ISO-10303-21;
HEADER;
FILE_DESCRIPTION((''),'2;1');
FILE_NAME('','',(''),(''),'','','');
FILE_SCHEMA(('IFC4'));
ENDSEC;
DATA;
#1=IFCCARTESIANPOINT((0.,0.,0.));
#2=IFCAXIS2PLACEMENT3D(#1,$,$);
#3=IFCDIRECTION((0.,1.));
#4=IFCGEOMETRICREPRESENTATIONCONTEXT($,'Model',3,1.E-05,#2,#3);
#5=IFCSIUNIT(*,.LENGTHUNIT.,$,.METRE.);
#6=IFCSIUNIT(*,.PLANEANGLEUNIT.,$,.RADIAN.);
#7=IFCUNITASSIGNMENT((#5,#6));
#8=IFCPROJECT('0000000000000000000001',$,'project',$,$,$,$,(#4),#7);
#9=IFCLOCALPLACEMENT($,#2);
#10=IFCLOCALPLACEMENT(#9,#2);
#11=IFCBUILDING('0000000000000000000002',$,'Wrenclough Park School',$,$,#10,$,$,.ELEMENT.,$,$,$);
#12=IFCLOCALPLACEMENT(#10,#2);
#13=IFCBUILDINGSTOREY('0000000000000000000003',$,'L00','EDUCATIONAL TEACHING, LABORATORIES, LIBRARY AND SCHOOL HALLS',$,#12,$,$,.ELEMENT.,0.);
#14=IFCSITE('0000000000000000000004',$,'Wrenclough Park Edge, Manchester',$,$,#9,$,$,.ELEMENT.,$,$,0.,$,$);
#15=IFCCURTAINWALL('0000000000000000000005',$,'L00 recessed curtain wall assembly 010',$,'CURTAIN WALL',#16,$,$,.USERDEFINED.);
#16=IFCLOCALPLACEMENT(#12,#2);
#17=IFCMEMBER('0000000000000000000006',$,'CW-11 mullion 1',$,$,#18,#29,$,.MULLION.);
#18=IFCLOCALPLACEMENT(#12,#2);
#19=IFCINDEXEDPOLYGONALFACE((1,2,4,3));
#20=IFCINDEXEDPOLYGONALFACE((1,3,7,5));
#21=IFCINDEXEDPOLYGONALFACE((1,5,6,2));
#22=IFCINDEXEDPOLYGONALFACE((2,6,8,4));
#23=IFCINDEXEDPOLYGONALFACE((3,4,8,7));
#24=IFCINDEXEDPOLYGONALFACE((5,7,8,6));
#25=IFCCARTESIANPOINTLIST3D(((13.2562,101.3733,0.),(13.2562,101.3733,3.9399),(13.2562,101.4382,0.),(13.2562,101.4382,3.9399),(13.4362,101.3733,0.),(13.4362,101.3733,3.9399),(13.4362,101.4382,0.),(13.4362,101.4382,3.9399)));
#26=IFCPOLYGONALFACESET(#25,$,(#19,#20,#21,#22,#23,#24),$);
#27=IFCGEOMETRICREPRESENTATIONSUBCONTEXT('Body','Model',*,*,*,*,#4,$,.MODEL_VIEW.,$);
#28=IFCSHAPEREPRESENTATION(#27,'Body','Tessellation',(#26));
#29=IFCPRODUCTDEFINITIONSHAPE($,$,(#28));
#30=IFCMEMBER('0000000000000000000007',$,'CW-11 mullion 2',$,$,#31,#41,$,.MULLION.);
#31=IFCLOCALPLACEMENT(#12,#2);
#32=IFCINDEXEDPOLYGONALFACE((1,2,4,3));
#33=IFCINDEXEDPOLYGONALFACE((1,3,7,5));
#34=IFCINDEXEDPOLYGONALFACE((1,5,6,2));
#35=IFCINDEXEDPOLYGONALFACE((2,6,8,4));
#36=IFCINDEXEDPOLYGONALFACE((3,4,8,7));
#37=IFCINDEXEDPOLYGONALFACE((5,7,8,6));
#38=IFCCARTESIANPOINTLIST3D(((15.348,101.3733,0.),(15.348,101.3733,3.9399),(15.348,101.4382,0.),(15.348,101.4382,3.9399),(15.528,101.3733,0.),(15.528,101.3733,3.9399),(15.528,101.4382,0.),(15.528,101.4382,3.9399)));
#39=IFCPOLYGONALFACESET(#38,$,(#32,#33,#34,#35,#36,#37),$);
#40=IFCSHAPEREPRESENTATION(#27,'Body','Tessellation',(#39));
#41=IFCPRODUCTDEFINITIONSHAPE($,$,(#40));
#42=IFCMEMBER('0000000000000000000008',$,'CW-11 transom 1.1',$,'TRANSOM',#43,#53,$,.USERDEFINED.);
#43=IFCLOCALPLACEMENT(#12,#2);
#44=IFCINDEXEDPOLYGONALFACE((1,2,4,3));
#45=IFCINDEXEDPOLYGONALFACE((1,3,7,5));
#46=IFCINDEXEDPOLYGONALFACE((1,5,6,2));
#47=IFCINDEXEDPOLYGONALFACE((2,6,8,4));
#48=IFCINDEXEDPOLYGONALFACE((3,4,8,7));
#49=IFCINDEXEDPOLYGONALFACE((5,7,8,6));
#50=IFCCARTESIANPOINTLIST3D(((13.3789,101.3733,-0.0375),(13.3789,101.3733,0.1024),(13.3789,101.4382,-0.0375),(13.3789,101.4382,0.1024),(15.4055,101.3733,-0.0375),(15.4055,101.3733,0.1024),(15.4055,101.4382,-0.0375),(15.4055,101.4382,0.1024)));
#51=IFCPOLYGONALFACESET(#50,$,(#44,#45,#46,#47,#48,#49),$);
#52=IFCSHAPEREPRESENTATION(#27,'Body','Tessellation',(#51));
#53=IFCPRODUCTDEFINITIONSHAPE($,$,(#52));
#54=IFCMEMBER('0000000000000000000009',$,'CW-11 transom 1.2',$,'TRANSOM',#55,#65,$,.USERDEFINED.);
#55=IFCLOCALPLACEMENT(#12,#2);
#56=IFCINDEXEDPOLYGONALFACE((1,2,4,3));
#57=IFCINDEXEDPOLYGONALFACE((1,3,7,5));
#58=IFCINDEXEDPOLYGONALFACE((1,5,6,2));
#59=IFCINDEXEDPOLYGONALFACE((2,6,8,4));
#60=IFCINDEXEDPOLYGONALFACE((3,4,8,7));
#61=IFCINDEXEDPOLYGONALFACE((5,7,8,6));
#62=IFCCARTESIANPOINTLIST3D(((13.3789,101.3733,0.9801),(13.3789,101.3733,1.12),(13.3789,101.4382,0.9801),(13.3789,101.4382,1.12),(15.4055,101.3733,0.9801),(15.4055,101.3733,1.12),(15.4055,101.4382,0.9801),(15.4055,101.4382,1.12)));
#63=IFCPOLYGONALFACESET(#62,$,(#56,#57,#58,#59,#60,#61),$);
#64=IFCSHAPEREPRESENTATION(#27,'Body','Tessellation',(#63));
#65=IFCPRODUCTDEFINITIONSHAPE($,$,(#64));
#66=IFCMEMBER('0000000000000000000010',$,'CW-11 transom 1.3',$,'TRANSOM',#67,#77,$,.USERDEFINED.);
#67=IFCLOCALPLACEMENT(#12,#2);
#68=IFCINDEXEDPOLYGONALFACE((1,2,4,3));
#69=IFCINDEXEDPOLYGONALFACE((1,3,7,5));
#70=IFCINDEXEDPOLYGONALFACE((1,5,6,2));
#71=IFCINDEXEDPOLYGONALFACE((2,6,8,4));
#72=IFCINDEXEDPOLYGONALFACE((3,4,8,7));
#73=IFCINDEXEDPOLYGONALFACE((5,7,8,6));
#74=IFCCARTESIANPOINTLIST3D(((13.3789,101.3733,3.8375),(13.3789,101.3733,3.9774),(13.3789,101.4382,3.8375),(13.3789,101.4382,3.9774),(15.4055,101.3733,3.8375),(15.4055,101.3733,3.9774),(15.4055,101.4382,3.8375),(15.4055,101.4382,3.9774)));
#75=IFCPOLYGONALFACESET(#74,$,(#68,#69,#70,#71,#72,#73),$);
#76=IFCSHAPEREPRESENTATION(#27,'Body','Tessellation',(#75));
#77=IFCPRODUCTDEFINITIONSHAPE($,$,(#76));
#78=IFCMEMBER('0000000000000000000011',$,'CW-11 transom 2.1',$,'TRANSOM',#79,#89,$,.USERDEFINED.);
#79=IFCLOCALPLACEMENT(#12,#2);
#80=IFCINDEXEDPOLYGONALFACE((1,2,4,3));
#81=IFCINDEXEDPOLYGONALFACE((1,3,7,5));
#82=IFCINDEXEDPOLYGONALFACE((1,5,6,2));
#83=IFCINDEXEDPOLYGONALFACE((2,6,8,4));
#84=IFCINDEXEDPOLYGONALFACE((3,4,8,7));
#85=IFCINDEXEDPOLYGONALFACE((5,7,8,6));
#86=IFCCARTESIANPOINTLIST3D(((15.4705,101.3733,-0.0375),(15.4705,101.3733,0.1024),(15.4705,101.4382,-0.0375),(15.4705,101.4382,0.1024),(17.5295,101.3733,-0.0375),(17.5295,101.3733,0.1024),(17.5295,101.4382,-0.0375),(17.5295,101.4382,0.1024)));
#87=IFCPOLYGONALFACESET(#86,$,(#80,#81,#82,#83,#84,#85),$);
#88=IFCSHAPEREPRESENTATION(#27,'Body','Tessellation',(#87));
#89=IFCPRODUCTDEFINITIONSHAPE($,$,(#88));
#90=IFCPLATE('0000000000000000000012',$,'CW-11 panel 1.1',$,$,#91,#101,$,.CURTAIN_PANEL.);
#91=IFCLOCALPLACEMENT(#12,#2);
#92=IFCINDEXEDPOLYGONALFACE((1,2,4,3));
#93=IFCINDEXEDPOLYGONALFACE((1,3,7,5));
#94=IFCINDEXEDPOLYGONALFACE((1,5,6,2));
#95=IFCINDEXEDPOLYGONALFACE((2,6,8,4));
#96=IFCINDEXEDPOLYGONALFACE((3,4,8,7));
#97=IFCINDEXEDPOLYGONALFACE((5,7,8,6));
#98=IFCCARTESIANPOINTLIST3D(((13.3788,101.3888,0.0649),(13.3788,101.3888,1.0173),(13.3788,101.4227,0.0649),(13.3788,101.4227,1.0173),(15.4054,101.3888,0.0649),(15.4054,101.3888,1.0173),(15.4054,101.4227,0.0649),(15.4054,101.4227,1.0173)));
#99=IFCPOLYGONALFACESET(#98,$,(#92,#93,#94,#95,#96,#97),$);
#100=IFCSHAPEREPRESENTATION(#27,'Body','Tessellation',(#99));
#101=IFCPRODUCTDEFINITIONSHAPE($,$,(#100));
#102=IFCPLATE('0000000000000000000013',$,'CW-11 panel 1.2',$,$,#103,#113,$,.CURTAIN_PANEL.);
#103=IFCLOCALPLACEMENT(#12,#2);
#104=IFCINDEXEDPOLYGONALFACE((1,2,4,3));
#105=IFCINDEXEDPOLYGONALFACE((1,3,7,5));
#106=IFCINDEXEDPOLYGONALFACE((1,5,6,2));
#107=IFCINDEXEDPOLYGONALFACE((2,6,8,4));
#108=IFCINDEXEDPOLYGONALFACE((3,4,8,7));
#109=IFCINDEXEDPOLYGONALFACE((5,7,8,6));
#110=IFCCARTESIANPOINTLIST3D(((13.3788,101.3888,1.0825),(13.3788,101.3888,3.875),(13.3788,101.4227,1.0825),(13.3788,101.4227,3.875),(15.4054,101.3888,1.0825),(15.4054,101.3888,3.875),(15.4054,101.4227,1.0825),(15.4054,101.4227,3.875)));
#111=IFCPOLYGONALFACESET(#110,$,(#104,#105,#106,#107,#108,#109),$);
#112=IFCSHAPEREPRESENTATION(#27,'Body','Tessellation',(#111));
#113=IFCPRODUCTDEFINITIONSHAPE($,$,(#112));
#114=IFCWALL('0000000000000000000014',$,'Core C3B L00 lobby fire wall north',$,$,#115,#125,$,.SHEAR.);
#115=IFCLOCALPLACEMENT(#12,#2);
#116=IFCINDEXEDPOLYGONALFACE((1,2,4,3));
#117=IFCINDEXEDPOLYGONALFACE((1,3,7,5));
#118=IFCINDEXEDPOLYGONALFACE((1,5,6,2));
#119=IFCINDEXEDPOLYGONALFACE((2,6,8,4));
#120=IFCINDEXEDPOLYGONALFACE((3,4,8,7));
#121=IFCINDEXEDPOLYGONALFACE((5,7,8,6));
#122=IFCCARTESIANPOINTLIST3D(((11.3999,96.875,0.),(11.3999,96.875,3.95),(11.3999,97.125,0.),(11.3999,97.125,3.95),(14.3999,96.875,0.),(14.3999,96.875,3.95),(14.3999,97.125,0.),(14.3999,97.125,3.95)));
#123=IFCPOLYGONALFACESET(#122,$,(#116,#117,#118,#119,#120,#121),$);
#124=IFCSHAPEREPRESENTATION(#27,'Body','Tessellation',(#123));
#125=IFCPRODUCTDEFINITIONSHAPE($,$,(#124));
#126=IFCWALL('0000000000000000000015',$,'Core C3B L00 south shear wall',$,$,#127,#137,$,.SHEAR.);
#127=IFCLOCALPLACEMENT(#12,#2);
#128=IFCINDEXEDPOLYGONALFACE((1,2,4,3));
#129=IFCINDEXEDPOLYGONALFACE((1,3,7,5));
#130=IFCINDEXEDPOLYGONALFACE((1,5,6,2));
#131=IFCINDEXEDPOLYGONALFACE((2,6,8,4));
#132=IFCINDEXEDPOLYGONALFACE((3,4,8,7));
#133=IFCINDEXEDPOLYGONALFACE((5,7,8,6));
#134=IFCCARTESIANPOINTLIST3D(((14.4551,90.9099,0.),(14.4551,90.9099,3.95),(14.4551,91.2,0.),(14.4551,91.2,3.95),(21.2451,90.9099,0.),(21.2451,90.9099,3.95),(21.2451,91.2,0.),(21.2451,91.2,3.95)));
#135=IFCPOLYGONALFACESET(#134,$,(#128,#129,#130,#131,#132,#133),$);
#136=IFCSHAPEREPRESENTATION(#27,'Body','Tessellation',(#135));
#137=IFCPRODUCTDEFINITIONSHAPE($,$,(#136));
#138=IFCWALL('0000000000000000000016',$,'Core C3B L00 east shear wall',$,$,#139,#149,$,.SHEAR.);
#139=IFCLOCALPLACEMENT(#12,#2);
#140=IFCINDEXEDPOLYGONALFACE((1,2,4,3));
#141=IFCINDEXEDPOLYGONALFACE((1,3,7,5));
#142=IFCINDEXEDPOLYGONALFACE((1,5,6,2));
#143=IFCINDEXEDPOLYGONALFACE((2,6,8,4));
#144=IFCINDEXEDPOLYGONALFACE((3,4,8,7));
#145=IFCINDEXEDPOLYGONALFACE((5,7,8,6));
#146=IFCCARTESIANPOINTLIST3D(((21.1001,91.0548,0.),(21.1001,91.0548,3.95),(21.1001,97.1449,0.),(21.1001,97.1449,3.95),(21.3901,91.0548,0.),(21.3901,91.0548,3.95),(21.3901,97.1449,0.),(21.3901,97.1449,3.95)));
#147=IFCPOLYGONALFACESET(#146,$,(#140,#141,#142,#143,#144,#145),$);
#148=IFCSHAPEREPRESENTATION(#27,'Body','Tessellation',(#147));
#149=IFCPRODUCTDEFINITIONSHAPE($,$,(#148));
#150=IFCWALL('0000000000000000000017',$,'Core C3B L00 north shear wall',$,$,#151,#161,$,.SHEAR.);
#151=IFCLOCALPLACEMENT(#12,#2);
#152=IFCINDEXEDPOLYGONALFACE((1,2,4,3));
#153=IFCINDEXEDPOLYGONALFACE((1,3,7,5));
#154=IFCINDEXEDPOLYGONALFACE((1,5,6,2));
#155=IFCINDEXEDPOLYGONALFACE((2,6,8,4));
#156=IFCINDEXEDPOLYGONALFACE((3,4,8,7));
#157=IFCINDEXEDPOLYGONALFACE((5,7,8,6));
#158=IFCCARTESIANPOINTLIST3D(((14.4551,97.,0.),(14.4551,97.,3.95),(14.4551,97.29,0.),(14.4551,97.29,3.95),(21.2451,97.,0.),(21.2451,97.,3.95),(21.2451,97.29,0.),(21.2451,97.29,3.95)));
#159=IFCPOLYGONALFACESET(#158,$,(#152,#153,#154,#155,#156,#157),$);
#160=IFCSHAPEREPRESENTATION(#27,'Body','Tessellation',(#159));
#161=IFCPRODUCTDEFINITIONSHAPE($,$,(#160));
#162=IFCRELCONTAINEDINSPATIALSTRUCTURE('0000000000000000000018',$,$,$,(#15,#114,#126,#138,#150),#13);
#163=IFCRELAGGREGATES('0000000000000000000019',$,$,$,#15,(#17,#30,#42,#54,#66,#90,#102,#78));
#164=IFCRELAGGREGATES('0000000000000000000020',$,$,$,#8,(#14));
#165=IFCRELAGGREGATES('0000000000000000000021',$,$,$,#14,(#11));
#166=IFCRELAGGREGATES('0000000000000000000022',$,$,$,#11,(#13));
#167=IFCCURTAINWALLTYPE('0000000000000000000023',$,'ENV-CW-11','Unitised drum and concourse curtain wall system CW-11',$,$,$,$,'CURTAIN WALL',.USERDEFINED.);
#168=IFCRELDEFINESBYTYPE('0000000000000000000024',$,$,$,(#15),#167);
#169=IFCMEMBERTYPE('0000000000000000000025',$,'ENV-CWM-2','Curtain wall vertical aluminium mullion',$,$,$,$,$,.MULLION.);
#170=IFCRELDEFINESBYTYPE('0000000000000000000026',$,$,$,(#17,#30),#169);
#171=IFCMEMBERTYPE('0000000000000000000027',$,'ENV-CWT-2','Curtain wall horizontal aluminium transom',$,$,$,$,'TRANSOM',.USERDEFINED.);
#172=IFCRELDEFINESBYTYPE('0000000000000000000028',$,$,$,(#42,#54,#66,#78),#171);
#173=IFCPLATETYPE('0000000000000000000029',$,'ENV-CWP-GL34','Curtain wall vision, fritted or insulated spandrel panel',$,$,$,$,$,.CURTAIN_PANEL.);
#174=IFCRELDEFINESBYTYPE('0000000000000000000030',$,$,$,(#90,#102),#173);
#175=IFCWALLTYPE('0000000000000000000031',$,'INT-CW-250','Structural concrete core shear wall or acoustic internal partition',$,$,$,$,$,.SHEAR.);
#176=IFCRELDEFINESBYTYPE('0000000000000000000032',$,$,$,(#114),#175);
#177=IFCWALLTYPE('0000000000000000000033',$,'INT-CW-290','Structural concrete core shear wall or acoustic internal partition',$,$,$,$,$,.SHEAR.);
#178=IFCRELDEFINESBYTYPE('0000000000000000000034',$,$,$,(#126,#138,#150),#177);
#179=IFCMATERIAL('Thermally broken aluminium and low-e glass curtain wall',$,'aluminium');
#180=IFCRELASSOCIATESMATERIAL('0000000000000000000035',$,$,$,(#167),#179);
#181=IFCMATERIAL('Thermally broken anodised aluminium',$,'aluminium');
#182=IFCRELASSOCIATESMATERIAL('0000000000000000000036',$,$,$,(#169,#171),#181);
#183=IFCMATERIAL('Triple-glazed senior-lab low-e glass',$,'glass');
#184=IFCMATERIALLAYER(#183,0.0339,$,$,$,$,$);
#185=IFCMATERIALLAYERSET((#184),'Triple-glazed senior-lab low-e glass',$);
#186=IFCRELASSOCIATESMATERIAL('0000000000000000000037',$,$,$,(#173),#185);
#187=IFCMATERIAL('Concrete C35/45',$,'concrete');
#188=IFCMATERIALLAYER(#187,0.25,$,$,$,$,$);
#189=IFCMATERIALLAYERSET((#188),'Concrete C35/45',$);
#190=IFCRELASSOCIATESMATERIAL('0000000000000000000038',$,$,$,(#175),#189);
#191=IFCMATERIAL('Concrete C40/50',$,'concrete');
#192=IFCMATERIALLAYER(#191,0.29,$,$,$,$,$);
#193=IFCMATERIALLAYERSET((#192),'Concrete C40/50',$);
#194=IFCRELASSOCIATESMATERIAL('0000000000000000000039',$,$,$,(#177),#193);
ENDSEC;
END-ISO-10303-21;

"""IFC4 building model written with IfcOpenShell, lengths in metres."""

from ifc_helpers import new_model, si_unit, direction, frame, frame_2d, origin, origin_2d, place, context, subcontext, project, spatial, rectangle, extrude, material, layer, layer_set, material_profile, profile_set, type_object, element, aggregate, save


model = new_model("IFC4")

# Units and contexts
model_context = context("Model", 3, precision=1e-05, world=origin(), true_north=direction((0.0, 1.0)))
body_context = subcontext(model_context, "Body", "Model", "MODEL_VIEW")
ifc_project = project(units=[si_unit("LENGTHUNIT", "METRE"), si_unit("PLANEANGLEUNIT", "RADIAN")], contexts=[model_context])

# Site, building, storey
site_placement = place(None, origin())
site = spatial("IfcSite", under=ifc_project, at=site_placement, Name="Wrenclough Park Edge, Manchester", CompositionType="ELEMENT", RefElevation=0.0)
building_placement = place(site_placement, origin())
building = spatial("IfcBuilding", under=site, at=building_placement, Name="Wrenclough Park School", CompositionType="ELEMENT")
storey_placement = place(building_placement, origin())
storey = spatial("IfcBuildingStorey", under=building, at=storey_placement, Name="L00", Description="EDUCATIONAL TEACHING, LABORATORIES, LIBRARY AND SCHOOL HALLS", CompositionType="ELEMENT", Elevation=0.0)

# Shared definitions
ifc_material_1 = material(Name="Concrete C40/50", Category="concrete")

# Shared definitions
ifc_material_2 = material(Name="Concrete C35/45", Category="concrete")

# Shared definitions
ifc_material_3 = material(Name="Thermally broken aluminium and low-e glass curtain wall", Category="aluminium")
ifc_material_4 = material(Name="Thermally broken anodised aluminium", Category="aluminium")

# Curtain wall, members, plates
curtain_wall_type_1 = type_object("IfcCurtainWallType", Name="ENV-CW-11", Description="Unitised drum and concourse curtain wall system CW-11", ElementType="CURTAIN WALL", PredefinedType="USERDEFINED", material=ifc_material_3)
curtain_wall_1_placement = place(storey_placement, origin())
curtain_wall_1 = element("IfcCurtainWall", 1, at=curtain_wall_1_placement, inside=storey, type_object=curtain_wall_type_1, Name="L00 recessed curtain wall assembly 010", ObjectType="CURTAIN WALL", PredefinedType="USERDEFINED")
ifc_material_profile_1 = material_profile(ifc_material_4, rectangle(XDim=0.0649, YDim=0.1799, at=origin_2d()), Name="AL MULLION 65x180")
ifc_profile_set_1 = profile_set([ifc_material_profile_1], Name="Thermally broken anodised aluminium")
member_type_1 = type_object("IfcMemberType", Name="ENV-CWM-2", Description="Curtain wall vertical aluminium mullion", PredefinedType="MULLION", material=ifc_profile_set_1)
member_1_placement = place(storey_placement, frame((13.3462, 101.4058, 0.0), z_axis=(0.0, 0.0, 1.0), x_axis=(0.0, 1.0, 0.0)))
member_1 = element("IfcMember", 2, at=member_1_placement, type_object=member_type_1, Name="CW-11 mullion 1", PredefinedType="MULLION", context=body_context, shape_type="SweptSolid", body=[
    extrude(rectangle(XDim=0.0649, YDim=0.1799, at=origin_2d()), origin(), (0.0, 0.0, 1.0), 3.9399),
])
member_2_placement = place(storey_placement, frame((15.438, 101.4058, 0.0), z_axis=(0.0, 0.0, 1.0), x_axis=(0.0, 1.0, 0.0)))
member_2 = element("IfcMember", 3, at=member_2_placement, type_object=member_type_1, Name="CW-11 mullion 2", PredefinedType="MULLION", context=body_context, shape_type="SweptSolid", body=[
    extrude(rectangle(XDim=0.0649, YDim=0.1799, at=origin_2d()), origin(), (0.0, 0.0, 1.0), 3.9399),
])
ifc_material_profile_2 = material_profile(ifc_material_4, rectangle(XDim=0.0649, YDim=0.1399, at=origin_2d()), Name="AL TRANSOM 65x140")
ifc_profile_set_2 = profile_set([ifc_material_profile_2], Name="Thermally broken anodised aluminium")
member_type_2 = type_object("IfcMemberType", Name="ENV-CWT-2", Description="Curtain wall horizontal aluminium transom", ElementType="TRANSOM", PredefinedType="USERDEFINED", material=ifc_profile_set_2)
member_3_placement = place(storey_placement, frame((13.3789, 101.4058, 0.0325), z_axis=(1.0, 0.0, 0.0), x_axis=(0.0, 1.0, 0.0)))
member_3 = element("IfcMember", 4, at=member_3_placement, type_object=member_type_2, Name="CW-11 transom 1.1", ObjectType="TRANSOM", PredefinedType="USERDEFINED", context=body_context, shape_type="SweptSolid", body=[
    extrude(rectangle(XDim=0.0649, YDim=0.1399, at=origin_2d()), origin(), (0.0, 0.0, 1.0), 2.0266),
])
member_4_placement = place(storey_placement, frame((13.3789, 101.4058, 1.05), z_axis=(1.0, 0.0, 0.0), x_axis=(0.0, 1.0, 0.0)))
member_4 = element("IfcMember", 5, at=member_4_placement, type_object=member_type_2, Name="CW-11 transom 1.2", ObjectType="TRANSOM", PredefinedType="USERDEFINED", context=body_context, shape_type="SweptSolid", body=[
    extrude(rectangle(XDim=0.0649, YDim=0.1399, at=origin_2d()), origin(), (0.0, 0.0, 1.0), 2.0266),
])
member_5_placement = place(storey_placement, frame((13.3789, 101.4058, 3.9075), z_axis=(1.0, 0.0, 0.0), x_axis=(0.0, 1.0, 0.0)))
member_5 = element("IfcMember", 6, at=member_5_placement, type_object=member_type_2, Name="CW-11 transom 1.3", ObjectType="TRANSOM", PredefinedType="USERDEFINED", context=body_context, shape_type="SweptSolid", body=[
    extrude(rectangle(XDim=0.0649, YDim=0.1399, at=origin_2d()), origin(), (0.0, 0.0, 1.0), 2.0266),
])
member_6_placement = place(storey_placement, frame((15.4705, 101.4058, 0.0325), z_axis=(1.0, 0.0, 0.0), x_axis=(0.0, 1.0, 0.0)))
member_6 = element("IfcMember", 7, at=member_6_placement, type_object=member_type_2, Name="CW-11 transom 2.1", ObjectType="TRANSOM", PredefinedType="USERDEFINED", context=body_context, shape_type="SweptSolid", body=[
    extrude(rectangle(XDim=0.0649, YDim=0.1399, at=origin_2d()), origin(), (0.0, 0.0, 1.0), 2.0591),
])
ifc_material_5 = material(Name="Triple-glazed senior-lab low-e glass", Category="glass")
ifc_layer_1 = layer(ifc_material_5, 0.0339)
ifc_layer_set_1 = layer_set([ifc_layer_1], Name="Triple-glazed senior-lab low-e glass")
plate_type = type_object("IfcPlateType", Name="ENV-CWP-GL34", Description="Curtain wall vision, fritted or insulated spandrel panel", PredefinedType="CURTAIN_PANEL", material=ifc_layer_set_1)
plate_1_placement = place(storey_placement, frame((14.3921, 101.4058, 0.0649), z_axis=(0.0, 0.0, 1.0), x_axis=(1.0, 0.0, 0.0)))
plate_1 = element("IfcPlate", 8, at=plate_1_placement, type_object=plate_type, Name="CW-11 panel 1.1", PredefinedType="CURTAIN_PANEL", context=body_context, shape_type="SweptSolid", body=[
    extrude(rectangle(XDim=2.0266, YDim=0.0339, at=origin_2d()), origin(), (0.0, 0.0, 1.0), 0.9524),
])
plate_2_placement = place(storey_placement, frame((14.3921, 101.4058, 1.0825), z_axis=(0.0, 0.0, 1.0), x_axis=(1.0, 0.0, 0.0)))
plate_2 = element("IfcPlate", 9, at=plate_2_placement, type_object=plate_type, Name="CW-11 panel 1.2", PredefinedType="CURTAIN_PANEL", context=body_context, shape_type="SweptSolid", body=[
    extrude(rectangle(XDim=2.0266, YDim=0.0339, at=origin_2d()), origin(), (0.0, 0.0, 1.0), 2.7925),
])
aggregate(curtain_wall_1, [member_1, member_2, member_3, member_4, member_5, plate_1, plate_2, member_6])

# Walls
ifc_layer_2 = layer(ifc_material_2, 0.25)
ifc_layer_set_2 = layer_set([ifc_layer_2], Name="Concrete C35/45")
wall_type_1 = type_object("IfcWallType", Name="INT-CW-250", Description="Structural concrete core shear wall or acoustic internal partition", PredefinedType="SHEAR", material=ifc_layer_set_2)
wall_1_placement = place(storey_placement, frame((14.3999, 97.0, 0.0), z_axis=(0.0, 0.0, 1.0), x_axis=(-1.0, 0.0, 0.0)))
element("IfcWall", 10, at=wall_1_placement, inside=storey, type_object=wall_type_1, Name="Core C3B L00 lobby fire wall north", PredefinedType="SHEAR", context=body_context, shape_type="SweptSolid", body=[
    extrude(rectangle(XDim=3.0, YDim=0.25, at=frame_2d((1.5, 0.0))), origin(), (0.0, 0.0, 1.0), 3.95),
])
ifc_layer_3 = layer(ifc_material_1, 0.29)
ifc_layer_set_3 = layer_set([ifc_layer_3], Name="Concrete C40/50")
wall_type_2 = type_object("IfcWallType", Name="INT-CW-290", Description="Structural concrete core shear wall or acoustic internal partition", PredefinedType="SHEAR", material=ifc_layer_set_3)
wall_2_placement = place(storey_placement, frame((14.4551, 91.0549, 0.0), z_axis=(0.0, 0.0, 1.0), x_axis=(1.0, 0.0, 0.0)))
element("IfcWall", 11, at=wall_2_placement, inside=storey, type_object=wall_type_2, Name="Core C3B L00 south shear wall", PredefinedType="SHEAR", context=body_context, shape_type="SweptSolid", body=[
    extrude(rectangle(XDim=6.79, YDim=0.29, at=frame_2d((3.395, 0.0))), origin(), (0.0, 0.0, 1.0), 3.95),
])
wall_3_placement = place(storey_placement, frame((21.2451, 91.0549, 0.0), z_axis=(0.0, 0.0, 1.0), x_axis=(0.0, 1.0, 0.0)))
element("IfcWall", 12, at=wall_3_placement, inside=storey, type_object=wall_type_2, Name="Core C3B L00 east shear wall", PredefinedType="SHEAR", context=body_context, shape_type="SweptSolid", body=[
    extrude(rectangle(XDim=6.0901, YDim=0.29, at=frame_2d((3.0449, 0.0))), origin(), (0.0, 0.0, 1.0), 3.95),
])
wall_4_placement = place(storey_placement, frame((21.2451, 97.145, 0.0), z_axis=(0.0, 0.0, 1.0), x_axis=(-1.0, 0.0, 0.0)))
element("IfcWall", 13, at=wall_4_placement, inside=storey, type_object=wall_type_2, Name="Core C3B L00 north shear wall", PredefinedType="SHEAR", context=body_context, shape_type="SweptSolid", body=[
    extrude(rectangle(XDim=6.79, YDim=0.29, at=frame_2d((3.395, 0.0))), origin(), (0.0, 0.0, 1.0), 3.95),
])

save(model, "model.ifc")
